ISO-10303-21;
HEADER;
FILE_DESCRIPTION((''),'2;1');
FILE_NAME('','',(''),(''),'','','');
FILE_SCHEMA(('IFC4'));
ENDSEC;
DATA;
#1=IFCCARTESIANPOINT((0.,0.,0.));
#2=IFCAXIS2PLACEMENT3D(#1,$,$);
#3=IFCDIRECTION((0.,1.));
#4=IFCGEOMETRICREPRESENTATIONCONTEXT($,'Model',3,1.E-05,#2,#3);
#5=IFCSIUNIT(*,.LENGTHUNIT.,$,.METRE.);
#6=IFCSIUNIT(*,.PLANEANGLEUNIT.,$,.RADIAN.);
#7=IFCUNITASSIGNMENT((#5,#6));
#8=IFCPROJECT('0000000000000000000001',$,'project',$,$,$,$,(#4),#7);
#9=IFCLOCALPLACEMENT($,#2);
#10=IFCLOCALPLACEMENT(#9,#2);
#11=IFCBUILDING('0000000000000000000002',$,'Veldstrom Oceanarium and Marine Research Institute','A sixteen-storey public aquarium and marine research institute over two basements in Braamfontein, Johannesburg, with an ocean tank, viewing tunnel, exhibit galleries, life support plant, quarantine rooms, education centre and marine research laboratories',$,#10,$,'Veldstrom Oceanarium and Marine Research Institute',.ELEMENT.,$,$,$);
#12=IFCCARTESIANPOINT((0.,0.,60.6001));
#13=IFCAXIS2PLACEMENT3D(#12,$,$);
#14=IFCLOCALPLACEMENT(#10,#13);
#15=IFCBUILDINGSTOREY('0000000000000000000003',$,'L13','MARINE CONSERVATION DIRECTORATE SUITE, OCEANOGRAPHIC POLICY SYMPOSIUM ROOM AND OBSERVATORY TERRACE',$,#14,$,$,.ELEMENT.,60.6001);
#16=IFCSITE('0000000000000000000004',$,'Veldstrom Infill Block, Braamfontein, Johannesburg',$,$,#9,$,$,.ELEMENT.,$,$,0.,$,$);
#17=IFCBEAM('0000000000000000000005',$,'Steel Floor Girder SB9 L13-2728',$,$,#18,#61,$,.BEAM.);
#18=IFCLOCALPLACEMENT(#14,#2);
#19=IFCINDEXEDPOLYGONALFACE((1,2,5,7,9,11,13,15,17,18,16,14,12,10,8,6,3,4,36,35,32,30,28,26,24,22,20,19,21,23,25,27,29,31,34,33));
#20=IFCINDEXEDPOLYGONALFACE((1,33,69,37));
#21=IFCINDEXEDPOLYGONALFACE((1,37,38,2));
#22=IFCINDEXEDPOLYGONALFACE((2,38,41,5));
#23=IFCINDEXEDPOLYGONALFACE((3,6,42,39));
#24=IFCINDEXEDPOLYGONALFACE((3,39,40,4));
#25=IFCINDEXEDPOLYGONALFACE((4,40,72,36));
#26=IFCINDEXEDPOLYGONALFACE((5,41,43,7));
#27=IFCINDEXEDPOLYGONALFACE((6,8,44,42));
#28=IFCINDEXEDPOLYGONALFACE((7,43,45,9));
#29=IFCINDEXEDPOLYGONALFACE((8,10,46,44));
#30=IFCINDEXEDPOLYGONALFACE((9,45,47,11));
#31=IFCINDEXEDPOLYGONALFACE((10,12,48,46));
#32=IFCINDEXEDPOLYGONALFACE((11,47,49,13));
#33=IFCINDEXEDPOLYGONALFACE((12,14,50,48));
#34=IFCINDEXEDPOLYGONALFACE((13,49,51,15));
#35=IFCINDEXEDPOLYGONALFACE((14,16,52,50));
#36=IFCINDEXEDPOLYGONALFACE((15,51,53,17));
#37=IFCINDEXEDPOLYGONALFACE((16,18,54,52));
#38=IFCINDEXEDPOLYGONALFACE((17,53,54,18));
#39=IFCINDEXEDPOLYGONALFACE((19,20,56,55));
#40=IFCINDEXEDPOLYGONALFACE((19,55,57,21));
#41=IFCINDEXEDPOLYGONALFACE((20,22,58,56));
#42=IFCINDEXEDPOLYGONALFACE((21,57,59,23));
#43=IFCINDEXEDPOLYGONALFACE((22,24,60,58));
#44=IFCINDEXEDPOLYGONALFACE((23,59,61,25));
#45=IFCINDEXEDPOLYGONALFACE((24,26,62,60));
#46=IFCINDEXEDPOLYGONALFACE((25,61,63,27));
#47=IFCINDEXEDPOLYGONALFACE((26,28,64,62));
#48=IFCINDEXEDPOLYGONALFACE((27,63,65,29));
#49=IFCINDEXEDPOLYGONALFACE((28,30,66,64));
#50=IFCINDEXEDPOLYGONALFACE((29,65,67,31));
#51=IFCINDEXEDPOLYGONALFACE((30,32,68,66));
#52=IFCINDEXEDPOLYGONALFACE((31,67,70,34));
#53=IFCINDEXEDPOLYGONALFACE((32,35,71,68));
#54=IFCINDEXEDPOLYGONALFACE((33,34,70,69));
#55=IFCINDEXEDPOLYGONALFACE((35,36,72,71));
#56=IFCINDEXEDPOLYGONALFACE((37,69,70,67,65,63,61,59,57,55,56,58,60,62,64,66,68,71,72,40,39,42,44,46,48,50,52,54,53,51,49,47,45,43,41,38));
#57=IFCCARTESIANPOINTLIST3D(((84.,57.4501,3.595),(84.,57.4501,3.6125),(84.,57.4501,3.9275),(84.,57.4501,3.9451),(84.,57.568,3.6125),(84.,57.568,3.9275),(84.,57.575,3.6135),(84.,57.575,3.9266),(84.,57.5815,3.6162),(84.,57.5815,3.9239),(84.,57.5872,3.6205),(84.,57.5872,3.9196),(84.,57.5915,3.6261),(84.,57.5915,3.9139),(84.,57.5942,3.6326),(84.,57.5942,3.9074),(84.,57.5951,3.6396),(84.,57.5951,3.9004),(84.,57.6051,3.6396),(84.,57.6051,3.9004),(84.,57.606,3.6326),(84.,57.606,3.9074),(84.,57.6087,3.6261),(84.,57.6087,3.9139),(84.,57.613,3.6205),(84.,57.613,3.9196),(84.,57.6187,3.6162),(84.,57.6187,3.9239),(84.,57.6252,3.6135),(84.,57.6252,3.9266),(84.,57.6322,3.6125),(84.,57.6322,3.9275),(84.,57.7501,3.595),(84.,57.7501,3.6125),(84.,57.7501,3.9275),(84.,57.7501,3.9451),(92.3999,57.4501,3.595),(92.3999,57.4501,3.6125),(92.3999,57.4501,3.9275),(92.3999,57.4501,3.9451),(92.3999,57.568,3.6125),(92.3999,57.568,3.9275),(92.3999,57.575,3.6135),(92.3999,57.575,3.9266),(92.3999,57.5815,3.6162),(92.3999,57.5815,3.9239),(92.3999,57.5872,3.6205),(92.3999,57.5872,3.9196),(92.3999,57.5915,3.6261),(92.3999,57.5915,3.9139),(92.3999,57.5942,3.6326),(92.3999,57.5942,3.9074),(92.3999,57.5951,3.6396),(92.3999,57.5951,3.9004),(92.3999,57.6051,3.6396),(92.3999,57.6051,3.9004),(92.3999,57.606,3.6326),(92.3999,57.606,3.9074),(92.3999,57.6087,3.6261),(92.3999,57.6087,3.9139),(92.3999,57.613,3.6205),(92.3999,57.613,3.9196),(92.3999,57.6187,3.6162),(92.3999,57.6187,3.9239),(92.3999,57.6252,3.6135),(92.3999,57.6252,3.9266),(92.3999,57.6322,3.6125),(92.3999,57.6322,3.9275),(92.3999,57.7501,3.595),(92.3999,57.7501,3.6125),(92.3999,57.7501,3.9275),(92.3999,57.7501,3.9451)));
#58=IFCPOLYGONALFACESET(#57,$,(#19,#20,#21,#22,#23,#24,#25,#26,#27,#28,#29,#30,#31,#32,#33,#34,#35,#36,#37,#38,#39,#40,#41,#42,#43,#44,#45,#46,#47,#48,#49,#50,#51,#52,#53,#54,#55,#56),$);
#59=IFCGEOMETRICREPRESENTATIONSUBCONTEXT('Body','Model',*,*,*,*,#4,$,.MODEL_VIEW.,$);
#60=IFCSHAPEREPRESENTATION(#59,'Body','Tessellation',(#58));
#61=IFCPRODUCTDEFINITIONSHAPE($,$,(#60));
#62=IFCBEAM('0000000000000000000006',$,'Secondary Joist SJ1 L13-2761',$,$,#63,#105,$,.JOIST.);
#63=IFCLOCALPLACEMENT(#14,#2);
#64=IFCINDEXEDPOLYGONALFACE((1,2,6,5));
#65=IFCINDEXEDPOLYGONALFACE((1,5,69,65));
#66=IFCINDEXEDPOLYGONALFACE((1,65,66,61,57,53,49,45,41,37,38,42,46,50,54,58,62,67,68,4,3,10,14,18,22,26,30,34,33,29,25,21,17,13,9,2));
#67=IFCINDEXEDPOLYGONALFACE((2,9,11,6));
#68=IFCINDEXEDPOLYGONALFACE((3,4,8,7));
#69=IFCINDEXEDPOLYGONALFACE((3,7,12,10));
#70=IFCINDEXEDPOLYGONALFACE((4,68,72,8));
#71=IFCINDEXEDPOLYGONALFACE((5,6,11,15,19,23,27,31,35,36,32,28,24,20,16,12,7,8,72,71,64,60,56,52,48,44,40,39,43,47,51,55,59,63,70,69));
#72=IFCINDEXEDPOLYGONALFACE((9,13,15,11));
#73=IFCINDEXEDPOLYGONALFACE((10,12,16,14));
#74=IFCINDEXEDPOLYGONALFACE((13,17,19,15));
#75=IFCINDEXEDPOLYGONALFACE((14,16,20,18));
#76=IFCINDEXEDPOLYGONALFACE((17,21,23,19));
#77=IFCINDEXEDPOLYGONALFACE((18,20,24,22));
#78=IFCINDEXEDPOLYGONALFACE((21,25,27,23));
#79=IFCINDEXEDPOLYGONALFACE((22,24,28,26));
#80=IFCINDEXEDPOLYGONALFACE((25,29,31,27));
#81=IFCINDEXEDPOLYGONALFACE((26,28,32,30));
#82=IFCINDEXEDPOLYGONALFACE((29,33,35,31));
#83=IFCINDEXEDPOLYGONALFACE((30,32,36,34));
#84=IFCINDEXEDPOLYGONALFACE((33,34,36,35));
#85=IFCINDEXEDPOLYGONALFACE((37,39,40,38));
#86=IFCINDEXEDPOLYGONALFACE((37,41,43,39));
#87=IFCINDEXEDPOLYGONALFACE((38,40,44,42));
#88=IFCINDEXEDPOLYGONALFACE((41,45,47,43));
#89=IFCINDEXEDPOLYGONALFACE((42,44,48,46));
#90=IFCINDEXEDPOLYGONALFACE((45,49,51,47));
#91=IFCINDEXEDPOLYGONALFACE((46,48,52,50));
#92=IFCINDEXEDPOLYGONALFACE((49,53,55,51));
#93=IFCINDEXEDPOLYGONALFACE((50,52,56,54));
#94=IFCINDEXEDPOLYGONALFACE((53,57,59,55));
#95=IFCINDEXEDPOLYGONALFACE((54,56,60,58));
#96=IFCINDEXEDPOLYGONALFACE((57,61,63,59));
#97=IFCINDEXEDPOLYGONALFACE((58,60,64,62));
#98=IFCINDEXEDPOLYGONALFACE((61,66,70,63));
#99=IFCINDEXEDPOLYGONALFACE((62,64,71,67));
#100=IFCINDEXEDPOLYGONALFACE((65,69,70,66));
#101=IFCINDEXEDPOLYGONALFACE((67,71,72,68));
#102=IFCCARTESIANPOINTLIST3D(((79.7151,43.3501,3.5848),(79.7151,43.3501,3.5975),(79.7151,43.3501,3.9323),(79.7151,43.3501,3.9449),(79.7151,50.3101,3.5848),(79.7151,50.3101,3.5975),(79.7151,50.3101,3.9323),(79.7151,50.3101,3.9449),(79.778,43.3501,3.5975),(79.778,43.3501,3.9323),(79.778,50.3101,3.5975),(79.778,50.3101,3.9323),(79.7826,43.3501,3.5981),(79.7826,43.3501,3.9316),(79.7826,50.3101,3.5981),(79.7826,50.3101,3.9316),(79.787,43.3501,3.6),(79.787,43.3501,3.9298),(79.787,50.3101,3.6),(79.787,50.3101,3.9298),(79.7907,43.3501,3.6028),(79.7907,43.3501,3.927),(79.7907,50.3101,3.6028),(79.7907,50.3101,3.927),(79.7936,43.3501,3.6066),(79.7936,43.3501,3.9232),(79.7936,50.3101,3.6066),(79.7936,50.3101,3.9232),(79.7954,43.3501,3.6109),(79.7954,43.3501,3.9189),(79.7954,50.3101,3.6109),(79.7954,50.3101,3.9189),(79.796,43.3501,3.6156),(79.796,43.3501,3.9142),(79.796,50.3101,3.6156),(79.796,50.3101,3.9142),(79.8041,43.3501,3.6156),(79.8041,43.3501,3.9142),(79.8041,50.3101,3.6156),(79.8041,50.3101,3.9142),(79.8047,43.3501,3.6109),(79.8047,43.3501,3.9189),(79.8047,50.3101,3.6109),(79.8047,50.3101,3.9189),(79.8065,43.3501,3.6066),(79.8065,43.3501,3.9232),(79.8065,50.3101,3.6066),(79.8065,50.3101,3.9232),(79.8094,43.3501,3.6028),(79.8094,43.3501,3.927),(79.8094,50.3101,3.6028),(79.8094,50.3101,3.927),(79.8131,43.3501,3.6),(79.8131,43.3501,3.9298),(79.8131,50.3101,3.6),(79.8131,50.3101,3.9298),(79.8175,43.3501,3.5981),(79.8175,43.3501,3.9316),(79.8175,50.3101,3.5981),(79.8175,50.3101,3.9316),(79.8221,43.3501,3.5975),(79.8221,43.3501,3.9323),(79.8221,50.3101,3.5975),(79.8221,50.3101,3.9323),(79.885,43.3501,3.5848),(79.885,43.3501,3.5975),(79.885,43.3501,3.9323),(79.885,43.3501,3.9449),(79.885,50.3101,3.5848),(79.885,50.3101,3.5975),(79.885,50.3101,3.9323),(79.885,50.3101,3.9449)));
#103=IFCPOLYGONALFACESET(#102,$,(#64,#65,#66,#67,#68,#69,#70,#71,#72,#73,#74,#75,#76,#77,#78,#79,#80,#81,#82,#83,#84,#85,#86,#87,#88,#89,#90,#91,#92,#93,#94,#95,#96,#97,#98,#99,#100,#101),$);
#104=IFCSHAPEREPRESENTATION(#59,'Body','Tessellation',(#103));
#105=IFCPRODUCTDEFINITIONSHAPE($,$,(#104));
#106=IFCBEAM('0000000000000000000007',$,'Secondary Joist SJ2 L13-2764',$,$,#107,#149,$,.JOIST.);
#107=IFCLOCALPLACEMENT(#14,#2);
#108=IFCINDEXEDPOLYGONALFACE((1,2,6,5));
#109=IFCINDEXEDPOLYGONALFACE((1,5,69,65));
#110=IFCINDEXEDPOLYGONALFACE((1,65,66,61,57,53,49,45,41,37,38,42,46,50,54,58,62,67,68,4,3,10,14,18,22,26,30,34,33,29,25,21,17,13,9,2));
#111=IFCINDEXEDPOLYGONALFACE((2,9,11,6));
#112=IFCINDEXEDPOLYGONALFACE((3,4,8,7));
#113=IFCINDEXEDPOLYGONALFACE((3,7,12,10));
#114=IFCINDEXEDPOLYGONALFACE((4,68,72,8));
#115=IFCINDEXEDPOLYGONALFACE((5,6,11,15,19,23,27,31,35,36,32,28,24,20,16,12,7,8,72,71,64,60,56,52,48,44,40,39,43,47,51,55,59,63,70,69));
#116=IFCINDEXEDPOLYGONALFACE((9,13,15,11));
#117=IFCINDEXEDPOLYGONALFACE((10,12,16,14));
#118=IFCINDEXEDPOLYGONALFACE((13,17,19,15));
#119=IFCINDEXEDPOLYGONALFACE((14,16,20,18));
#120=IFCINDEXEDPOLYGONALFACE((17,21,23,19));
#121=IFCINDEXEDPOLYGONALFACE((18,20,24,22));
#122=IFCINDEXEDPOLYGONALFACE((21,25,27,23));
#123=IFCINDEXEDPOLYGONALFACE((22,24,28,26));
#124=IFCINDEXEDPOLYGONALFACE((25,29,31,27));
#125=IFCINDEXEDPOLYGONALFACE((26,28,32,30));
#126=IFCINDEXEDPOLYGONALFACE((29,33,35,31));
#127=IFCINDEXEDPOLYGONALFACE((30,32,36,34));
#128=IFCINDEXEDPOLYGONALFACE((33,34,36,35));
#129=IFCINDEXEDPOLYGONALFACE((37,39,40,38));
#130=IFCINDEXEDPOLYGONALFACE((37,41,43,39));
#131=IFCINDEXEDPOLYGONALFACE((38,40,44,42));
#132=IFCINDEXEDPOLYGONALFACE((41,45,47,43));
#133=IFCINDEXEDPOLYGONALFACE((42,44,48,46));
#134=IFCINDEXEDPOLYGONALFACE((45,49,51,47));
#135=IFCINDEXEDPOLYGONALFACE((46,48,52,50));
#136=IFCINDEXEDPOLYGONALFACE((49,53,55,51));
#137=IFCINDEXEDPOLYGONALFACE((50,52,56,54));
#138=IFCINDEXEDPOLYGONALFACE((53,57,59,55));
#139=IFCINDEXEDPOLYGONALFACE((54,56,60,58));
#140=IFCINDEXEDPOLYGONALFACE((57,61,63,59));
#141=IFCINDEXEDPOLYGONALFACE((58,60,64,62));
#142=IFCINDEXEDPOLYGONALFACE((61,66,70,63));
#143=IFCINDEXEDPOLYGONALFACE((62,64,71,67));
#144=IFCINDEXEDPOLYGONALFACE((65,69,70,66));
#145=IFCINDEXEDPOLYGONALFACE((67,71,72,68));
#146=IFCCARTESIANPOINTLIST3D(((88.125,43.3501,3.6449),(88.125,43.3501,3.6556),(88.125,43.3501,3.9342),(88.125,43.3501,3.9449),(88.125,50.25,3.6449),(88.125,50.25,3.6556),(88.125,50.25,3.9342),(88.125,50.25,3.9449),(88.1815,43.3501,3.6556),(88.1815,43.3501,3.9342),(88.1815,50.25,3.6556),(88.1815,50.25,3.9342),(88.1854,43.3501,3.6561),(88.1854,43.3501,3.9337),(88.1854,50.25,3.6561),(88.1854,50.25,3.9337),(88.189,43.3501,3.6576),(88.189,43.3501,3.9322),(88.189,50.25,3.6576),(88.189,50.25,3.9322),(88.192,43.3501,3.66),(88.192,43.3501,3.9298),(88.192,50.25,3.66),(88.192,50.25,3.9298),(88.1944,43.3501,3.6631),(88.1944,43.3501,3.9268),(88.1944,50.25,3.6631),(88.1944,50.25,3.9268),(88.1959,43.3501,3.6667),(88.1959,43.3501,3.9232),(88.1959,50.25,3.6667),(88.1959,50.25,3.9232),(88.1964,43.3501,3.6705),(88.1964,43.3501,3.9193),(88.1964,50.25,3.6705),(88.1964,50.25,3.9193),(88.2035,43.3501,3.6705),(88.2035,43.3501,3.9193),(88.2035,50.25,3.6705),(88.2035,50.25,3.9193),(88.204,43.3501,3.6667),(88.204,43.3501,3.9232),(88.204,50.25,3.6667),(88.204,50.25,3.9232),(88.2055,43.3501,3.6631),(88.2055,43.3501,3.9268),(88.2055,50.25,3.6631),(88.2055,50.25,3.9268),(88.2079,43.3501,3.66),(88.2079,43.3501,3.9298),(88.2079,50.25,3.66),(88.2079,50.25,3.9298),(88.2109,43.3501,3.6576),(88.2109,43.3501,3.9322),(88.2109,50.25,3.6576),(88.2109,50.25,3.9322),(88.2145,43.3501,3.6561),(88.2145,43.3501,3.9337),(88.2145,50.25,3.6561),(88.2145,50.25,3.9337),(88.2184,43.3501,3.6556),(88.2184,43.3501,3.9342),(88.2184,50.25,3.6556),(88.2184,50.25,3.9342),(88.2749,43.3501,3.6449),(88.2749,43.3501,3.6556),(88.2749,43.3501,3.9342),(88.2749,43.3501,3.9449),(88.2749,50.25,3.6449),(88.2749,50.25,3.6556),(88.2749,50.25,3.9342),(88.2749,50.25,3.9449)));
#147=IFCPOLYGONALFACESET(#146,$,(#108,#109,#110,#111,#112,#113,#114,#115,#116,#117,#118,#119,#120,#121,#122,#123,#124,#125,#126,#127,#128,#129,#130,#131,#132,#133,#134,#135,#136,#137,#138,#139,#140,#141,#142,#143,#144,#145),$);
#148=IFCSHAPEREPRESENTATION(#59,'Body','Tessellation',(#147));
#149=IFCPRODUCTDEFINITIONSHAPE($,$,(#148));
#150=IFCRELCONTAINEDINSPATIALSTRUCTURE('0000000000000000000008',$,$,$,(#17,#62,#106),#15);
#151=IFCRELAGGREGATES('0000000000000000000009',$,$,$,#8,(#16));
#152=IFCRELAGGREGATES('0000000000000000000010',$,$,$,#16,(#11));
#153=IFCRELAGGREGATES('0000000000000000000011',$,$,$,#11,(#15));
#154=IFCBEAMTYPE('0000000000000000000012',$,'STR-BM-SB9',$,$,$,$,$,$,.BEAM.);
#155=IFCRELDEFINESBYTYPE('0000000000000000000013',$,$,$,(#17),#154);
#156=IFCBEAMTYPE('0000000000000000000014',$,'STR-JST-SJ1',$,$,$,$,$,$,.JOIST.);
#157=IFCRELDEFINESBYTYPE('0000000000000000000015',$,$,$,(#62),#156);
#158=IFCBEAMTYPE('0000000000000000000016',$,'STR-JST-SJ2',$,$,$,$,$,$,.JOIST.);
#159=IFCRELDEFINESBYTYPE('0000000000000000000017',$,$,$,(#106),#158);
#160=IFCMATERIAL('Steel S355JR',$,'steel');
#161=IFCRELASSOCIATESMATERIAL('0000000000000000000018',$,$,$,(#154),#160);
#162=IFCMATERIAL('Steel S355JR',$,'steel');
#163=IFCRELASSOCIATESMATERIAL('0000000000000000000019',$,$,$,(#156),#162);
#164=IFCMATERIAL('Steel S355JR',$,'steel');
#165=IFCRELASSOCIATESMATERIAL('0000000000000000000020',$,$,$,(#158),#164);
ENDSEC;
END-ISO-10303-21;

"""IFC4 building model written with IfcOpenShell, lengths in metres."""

from ifc_helpers import new_model, si_unit, direction, frame, origin, origin_2d, place, context, subcontext, project, spatial, i_section, extrude, material, material_profile, profile_set, type_object, element, save


model = new_model("IFC4")

# Units and contexts
model_context = context("Model", 3, precision=1e-05, world=origin(), true_north=direction((0.0, 1.0)))
body_context = subcontext(model_context, "Body", "Model", "MODEL_VIEW")
ifc_project = project(units=[si_unit("LENGTHUNIT", "METRE"), si_unit("PLANEANGLEUNIT", "RADIAN")], contexts=[model_context])

# Site, building, storey
site_placement = place(None, origin())
site = spatial("IfcSite", under=ifc_project, at=site_placement, Name="Veldstrom Infill Block, Braamfontein, Johannesburg", CompositionType="ELEMENT", RefElevation=0.0)
building_placement = place(site_placement, origin())
building = spatial("IfcBuilding", under=site, at=building_placement, Name="Veldstrom Oceanarium and Marine Research Institute", Description="A sixteen-storey public aquarium and marine research institute over two basements in Braamfontein, Johannesburg, with an ocean tank, viewing tunnel, exhibit galleries, life support plant, quarantine rooms, education centre and marine research laboratories", LongName="Veldstrom Oceanarium and Marine Research Institute", CompositionType="ELEMENT")
storey_placement = place(building_placement, frame((0.0, 0.0, 60.6001)))
storey = spatial("IfcBuildingStorey", under=building, at=storey_placement, Name="L13", Description="MARINE CONSERVATION DIRECTORATE SUITE, OCEANOGRAPHIC POLICY SYMPOSIUM ROOM AND OBSERVATORY TERRACE", CompositionType="ELEMENT", Elevation=60.6001)

# Beams
ifc_material_1 = material(Name="Steel S355JR", Category="steel")
ifc_material_profile_1 = material_profile(ifc_material_1, i_section(OverallWidth=0.3, OverallDepth=0.3501, WebThickness=0.01, FlangeThickness=0.0176, FilletRadius=0.0271, at=origin_2d()), Name="HEA 360")
ifc_profile_set_1 = profile_set([ifc_material_profile_1], Name="Steel S355JR")
beam_type_1 = type_object("IfcBeamType", Name="STR-BM-SB9", PredefinedType="BEAM", material=ifc_profile_set_1)
for number, where, z_axis, x_axis, name in (
    (1, (84.0, 57.6001, 3.77), (1.0, 0.0, 0.0), (0.0, 1.0, 0.0), "Steel Floor Girder SB9 L13-2728"),
):
    element("IfcBeam", number, at=place(storey_placement, frame(where, z_axis=z_axis, x_axis=x_axis)), inside=storey, type_object=beam_type_1, Name=name, PredefinedType="BEAM", context=body_context, shape_type="SweptSolid", body=[
        extrude(i_section(OverallWidth=0.3, OverallDepth=0.3501, WebThickness=0.01, FlangeThickness=0.0176, FilletRadius=0.0271, at=origin_2d()), origin(), (0.0, 0.0, 1.0), 8.3999),
    ])
ifc_material_2 = material(Name="Steel S355JR", Category="steel")
ifc_material_profile_2 = material_profile(ifc_material_2, i_section(OverallWidth=0.1699, OverallDepth=0.3601, WebThickness=0.0081, FlangeThickness=0.0127, FilletRadius=0.0181, at=origin_2d()), Name="IPE 360")
ifc_profile_set_2 = profile_set([ifc_material_profile_2], Name="Steel S355JR")
beam_type_2 = type_object("IfcBeamType", Name="STR-JST-SJ1", PredefinedType="JOIST", material=ifc_profile_set_2)
beam_1_placement = place(storey_placement, frame((79.8, 43.3501, 3.7649), z_axis=(0.0, 1.0, 0.0), x_axis=(-1.0, 0.0, 0.0)))
element("IfcBeam", 2, at=beam_1_placement, inside=storey, type_object=beam_type_2, Name="Secondary Joist SJ1 L13-2761", PredefinedType="JOIST", context=body_context, shape_type="SweptSolid", body=[
    extrude(i_section(OverallWidth=0.1699, OverallDepth=0.3601, WebThickness=0.0081, FlangeThickness=0.0127, FilletRadius=0.0181, at=origin_2d()), origin(), (0.0, 0.0, 1.0), 6.96),
])
ifc_material_3 = material(Name="Steel S355JR", Category="steel")
ifc_material_profile_3 = material_profile(ifc_material_3, i_section(OverallWidth=0.1499, OverallDepth=0.3, WebThickness=0.0071, FlangeThickness=0.0107, FilletRadius=0.0149, at=origin_2d()), Name="IPE 300")
ifc_profile_set_3 = profile_set([ifc_material_profile_3], Name="Steel S355JR")
beam_type_3 = type_object("IfcBeamType", Name="STR-JST-SJ2", PredefinedType="JOIST", material=ifc_profile_set_3)
beam_2_placement = place(storey_placement, frame((88.2, 43.3501, 3.7949), z_axis=(0.0, 1.0, 0.0), x_axis=(-1.0, 0.0, 0.0)))
element("IfcBeam", 3, at=beam_2_placement, inside=storey, type_object=beam_type_3, Name="Secondary Joist SJ2 L13-2764", PredefinedType="JOIST", context=body_context, shape_type="SweptSolid", body=[
    extrude(i_section(OverallWidth=0.1499, OverallDepth=0.3, WebThickness=0.0071, FlangeThickness=0.0107, FilletRadius=0.0149, at=origin_2d()), origin(), (0.0, 0.0, 1.0), 6.8999),
])

save(model, "model.ifc")
